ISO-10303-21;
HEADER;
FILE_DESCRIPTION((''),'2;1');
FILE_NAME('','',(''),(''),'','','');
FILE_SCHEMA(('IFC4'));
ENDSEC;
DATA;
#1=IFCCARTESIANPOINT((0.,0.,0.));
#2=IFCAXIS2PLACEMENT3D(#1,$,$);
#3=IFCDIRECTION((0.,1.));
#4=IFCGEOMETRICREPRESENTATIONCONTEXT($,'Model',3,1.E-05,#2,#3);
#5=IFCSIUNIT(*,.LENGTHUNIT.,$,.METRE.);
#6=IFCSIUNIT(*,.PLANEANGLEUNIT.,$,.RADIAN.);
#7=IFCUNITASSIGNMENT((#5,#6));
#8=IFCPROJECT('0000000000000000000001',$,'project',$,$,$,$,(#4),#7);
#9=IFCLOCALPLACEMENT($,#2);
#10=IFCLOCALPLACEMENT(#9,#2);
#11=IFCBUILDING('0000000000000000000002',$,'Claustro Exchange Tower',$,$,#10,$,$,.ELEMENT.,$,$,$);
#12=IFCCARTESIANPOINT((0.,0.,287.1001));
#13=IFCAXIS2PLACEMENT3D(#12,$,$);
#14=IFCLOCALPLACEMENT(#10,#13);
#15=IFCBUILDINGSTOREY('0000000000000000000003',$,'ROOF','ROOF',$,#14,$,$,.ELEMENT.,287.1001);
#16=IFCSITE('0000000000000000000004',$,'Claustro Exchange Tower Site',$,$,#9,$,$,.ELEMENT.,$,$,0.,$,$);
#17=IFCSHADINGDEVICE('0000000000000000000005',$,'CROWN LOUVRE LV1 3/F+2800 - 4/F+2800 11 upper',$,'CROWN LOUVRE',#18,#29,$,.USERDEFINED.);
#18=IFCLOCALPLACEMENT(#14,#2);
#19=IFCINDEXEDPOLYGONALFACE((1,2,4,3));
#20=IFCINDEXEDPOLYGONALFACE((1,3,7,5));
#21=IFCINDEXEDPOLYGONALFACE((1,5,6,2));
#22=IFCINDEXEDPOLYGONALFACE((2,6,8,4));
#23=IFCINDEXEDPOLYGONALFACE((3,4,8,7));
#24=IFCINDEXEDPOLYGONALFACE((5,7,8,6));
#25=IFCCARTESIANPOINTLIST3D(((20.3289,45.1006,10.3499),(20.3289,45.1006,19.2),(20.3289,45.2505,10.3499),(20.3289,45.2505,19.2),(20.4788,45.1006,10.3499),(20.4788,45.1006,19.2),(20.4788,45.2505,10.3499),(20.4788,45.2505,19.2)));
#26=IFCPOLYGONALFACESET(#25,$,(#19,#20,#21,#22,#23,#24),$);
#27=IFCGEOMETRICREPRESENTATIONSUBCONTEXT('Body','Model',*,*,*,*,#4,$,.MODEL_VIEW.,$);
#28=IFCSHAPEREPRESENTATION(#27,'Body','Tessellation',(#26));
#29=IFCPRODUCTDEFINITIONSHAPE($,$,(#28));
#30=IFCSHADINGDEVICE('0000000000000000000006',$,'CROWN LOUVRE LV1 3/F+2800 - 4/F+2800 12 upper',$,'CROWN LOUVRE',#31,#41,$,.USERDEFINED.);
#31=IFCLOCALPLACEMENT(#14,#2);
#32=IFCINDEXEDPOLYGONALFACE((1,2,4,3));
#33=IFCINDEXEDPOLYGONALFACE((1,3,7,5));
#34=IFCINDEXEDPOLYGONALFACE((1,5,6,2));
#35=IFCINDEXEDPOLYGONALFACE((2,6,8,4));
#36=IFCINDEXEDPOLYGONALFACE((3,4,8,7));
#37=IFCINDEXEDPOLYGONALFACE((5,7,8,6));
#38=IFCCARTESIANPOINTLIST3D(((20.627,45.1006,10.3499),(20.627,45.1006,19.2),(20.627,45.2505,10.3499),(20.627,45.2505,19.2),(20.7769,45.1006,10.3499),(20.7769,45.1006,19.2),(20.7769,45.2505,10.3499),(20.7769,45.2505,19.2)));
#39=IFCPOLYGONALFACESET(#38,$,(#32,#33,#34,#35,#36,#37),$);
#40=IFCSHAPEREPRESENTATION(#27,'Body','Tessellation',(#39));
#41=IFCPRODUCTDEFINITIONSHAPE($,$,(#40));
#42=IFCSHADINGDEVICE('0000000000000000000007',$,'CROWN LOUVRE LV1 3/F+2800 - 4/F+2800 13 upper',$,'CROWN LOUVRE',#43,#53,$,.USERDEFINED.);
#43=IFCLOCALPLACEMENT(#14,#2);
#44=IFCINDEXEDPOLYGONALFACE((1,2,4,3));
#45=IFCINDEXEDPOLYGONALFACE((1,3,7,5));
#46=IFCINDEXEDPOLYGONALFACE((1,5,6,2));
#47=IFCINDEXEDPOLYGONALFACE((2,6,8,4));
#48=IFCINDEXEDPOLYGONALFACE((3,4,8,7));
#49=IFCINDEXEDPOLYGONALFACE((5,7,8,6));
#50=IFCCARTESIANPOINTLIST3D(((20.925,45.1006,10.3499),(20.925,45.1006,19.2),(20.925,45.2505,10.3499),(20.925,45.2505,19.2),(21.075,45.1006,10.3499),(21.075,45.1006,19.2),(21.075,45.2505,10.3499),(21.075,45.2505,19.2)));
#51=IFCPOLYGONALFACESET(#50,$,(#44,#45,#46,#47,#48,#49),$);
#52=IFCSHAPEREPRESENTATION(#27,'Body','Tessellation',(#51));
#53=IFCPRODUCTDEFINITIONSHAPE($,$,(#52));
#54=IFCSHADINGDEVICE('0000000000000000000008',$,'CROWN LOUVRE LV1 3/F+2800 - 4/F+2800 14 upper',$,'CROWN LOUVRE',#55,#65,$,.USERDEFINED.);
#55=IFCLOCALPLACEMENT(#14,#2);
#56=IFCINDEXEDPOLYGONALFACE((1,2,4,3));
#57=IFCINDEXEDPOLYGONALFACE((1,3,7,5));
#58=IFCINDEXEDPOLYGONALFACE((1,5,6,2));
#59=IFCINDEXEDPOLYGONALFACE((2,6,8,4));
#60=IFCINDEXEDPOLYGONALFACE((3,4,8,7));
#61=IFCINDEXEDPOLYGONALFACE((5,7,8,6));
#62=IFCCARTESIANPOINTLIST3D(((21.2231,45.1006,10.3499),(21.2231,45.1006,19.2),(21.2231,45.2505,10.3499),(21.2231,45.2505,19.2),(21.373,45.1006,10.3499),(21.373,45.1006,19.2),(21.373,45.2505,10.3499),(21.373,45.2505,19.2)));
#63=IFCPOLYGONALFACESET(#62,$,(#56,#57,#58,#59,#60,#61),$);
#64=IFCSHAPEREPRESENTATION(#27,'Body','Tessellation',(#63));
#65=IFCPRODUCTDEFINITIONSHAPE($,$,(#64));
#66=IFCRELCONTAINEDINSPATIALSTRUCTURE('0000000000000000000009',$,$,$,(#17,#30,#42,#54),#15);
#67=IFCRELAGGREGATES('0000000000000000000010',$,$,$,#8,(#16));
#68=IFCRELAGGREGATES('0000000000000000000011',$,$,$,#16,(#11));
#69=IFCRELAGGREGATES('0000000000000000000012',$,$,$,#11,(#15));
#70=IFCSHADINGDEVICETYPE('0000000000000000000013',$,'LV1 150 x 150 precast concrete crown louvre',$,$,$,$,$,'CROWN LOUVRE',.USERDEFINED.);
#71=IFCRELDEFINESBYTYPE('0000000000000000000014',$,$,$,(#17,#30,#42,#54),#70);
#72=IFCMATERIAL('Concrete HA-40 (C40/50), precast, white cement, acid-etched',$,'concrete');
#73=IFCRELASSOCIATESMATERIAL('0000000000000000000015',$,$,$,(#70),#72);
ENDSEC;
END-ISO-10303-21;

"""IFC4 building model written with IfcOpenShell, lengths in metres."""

from ifc_helpers import new_model, si_unit, direction, frame, origin, origin_2d, place, context, subcontext, project, spatial, rectangle, extrude, material, type_object, element, save


model = new_model("IFC4")

# Units and contexts
model_context = context("Model", 3, precision=1e-05, world=origin(), true_north=direction((0.0, 1.0)))
body_context = subcontext(model_context, "Body", "Model", "MODEL_VIEW")
ifc_project = project(units=[si_unit("LENGTHUNIT", "METRE"), si_unit("PLANEANGLEUNIT", "RADIAN")], contexts=[model_context])

# Site, building, storey
site_placement = place(None, origin())
site = spatial("IfcSite", under=ifc_project, at=site_placement, Name="Claustro Exchange Tower Site", CompositionType="ELEMENT", RefElevation=0.0)
building_placement = place(site_placement, origin())
building = spatial("IfcBuilding", under=site, at=building_placement, Name="Claustro Exchange Tower", CompositionType="ELEMENT")
storey_placement = place(building_placement, frame((0.0, 0.0, 287.1001)))
storey = spatial("IfcBuildingStorey", under=building, at=storey_placement, Name="ROOF", Description="ROOF", CompositionType="ELEMENT", Elevation=287.1001)

# Shading devices
ifc_material_1 = material(Name="Concrete HA-40 (C40/50), precast, white cement, acid-etched", Category="concrete")
shading_device_type = type_object("IfcShadingDeviceType", Name="LV1 150 x 150 precast concrete crown louvre", ElementType="CROWN LOUVRE", PredefinedType="USERDEFINED", material=ifc_material_1)
for number, where, z_axis, x_axis, name in (
    (1, (20.4038, 45.1755, 10.3499), (0.0, 0.0, 1.0), (1.0, 0.0, 0.0), "CROWN LOUVRE LV1 3/F+2800 - 4/F+2800 11 upper"),
    (2, (20.7019, 45.1755, 10.3499), (0.0, 0.0, 1.0), (1.0, 0.0, 0.0), "CROWN LOUVRE LV1 3/F+2800 - 4/F+2800 12 upper"),
    (3, (21.0, 45.1755, 10.3499), (0.0, 0.0, 1.0), (1.0, 0.0, 0.0), "CROWN LOUVRE LV1 3/F+2800 - 4/F+2800 13 upper"),
    (4, (21.2981, 45.1755, 10.3499), (0.0, 0.0, 1.0), (1.0, 0.0, 0.0), "CROWN LOUVRE LV1 3/F+2800 - 4/F+2800 14 upper"),
):
    element("IfcShadingDevice", number, at=place(storey_placement, frame(where, z_axis=z_axis, x_axis=x_axis)), inside=storey, type_object=shading_device_type, Name=name, ObjectType="CROWN LOUVRE", PredefinedType="USERDEFINED", context=body_context, shape_type="SweptSolid", body=[
        extrude(rectangle(XDim=0.1499, YDim=0.1499, at=origin_2d()), origin(), (0.0, 0.0, 1.0), 8.8501),
    ])

save(model, "model.ifc")
